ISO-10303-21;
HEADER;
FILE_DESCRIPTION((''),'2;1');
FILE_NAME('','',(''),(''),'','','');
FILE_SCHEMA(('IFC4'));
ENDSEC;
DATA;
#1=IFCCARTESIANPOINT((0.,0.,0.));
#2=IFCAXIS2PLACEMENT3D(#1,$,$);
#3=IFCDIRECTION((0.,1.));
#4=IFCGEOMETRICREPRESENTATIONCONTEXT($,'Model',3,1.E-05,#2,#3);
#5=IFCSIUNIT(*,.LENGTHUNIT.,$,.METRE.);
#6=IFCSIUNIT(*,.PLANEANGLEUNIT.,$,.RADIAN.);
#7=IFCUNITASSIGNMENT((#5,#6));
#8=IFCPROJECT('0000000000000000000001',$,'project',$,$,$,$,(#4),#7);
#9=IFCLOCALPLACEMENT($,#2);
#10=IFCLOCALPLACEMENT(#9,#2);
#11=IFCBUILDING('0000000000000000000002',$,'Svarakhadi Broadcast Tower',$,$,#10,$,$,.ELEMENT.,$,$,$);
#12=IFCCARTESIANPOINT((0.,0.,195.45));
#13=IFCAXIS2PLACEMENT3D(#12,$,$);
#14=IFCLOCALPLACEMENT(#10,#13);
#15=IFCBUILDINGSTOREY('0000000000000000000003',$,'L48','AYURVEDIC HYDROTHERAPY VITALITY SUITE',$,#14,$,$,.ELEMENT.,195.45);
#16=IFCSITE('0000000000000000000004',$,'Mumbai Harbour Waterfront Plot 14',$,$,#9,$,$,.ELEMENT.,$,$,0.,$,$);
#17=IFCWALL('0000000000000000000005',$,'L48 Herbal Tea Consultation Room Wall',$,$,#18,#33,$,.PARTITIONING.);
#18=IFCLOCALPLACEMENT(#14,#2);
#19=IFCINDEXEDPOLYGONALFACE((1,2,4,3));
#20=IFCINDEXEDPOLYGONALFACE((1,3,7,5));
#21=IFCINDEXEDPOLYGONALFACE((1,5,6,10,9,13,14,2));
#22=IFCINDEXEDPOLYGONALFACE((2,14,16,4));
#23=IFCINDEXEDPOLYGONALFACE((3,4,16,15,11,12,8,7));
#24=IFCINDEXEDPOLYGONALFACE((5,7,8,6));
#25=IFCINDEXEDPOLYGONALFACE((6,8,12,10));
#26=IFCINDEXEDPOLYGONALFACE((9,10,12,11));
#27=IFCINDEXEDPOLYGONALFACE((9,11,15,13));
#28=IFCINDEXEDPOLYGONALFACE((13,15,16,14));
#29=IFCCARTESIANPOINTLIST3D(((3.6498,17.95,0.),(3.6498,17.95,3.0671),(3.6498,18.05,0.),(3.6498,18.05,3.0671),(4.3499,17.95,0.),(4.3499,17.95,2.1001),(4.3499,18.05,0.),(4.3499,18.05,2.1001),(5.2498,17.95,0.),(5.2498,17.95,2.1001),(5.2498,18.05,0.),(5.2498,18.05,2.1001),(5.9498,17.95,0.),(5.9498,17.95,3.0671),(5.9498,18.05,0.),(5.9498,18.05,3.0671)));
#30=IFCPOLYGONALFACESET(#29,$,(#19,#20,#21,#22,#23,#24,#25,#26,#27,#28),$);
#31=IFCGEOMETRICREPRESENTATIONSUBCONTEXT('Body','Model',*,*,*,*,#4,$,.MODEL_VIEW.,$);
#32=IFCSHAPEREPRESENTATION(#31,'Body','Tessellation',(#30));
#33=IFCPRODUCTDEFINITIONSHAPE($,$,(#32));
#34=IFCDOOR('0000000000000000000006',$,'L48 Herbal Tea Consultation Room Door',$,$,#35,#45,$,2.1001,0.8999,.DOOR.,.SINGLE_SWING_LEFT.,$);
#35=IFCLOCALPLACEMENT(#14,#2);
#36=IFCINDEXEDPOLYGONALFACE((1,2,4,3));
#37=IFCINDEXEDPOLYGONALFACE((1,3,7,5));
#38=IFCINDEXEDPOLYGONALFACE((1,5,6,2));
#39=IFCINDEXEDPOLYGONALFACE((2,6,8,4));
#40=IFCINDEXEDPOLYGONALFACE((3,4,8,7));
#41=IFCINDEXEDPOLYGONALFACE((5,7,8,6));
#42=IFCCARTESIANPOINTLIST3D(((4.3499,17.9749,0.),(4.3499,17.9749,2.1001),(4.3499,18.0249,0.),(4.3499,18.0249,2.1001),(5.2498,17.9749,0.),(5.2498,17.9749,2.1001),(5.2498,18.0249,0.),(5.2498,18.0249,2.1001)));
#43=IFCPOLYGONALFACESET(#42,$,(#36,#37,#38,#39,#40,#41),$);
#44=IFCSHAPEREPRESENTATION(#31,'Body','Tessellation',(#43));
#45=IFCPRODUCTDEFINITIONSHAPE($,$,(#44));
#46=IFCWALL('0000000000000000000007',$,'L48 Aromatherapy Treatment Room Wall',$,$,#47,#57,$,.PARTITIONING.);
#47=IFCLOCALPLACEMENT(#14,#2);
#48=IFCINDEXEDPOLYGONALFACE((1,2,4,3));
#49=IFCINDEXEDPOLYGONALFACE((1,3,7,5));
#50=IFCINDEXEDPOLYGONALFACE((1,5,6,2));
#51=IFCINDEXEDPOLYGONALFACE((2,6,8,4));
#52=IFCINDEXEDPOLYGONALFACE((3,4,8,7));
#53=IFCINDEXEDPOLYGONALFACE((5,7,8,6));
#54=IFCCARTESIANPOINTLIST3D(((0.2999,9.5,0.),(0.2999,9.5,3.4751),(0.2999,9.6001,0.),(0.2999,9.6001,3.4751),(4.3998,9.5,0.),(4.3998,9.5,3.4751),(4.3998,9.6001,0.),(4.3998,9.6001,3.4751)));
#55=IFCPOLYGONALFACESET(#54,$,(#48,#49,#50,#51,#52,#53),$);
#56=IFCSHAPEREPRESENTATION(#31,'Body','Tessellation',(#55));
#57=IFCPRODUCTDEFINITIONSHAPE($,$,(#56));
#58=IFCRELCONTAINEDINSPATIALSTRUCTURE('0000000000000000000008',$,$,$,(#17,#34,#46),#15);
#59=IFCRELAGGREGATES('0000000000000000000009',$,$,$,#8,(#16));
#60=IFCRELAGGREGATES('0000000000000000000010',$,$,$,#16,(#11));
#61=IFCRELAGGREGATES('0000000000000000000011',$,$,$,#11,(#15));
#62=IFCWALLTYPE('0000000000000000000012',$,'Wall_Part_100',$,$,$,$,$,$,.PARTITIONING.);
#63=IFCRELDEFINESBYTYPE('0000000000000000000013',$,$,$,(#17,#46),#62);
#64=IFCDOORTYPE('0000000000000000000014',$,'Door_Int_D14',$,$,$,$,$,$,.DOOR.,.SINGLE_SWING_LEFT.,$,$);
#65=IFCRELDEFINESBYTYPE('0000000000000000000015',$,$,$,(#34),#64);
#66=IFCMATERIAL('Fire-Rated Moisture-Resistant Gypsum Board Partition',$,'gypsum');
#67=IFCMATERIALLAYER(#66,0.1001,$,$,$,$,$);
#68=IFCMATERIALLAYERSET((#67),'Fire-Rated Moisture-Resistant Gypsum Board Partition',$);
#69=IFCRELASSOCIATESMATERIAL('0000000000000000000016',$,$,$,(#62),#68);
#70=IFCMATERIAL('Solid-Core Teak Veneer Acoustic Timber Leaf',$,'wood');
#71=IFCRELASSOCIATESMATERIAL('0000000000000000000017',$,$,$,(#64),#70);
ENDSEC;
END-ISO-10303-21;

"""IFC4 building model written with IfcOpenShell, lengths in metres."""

from ifc_helpers import new_model, si_unit, direction, frame, frame_2d, origin, place, context, subcontext, project, spatial, rectangle, extrude, material, layer, layer_set, type_object, element, fill, save


model = new_model("IFC4")

# Units and contexts
model_context = context("Model", 3, precision=1e-05, world=origin(), true_north=direction((0.0, 1.0)))
body_context = subcontext(model_context, "Body", "Model", "MODEL_VIEW")
ifc_project = project(units=[si_unit("LENGTHUNIT", "METRE"), si_unit("PLANEANGLEUNIT", "RADIAN")], contexts=[model_context])

# Site, building, storey
site_placement = place(None, origin())
site = spatial("IfcSite", under=ifc_project, at=site_placement, Name="Mumbai Harbour Waterfront Plot 14", CompositionType="ELEMENT", RefElevation=0.0)
building_placement = place(site_placement, origin())
building = spatial("IfcBuilding", under=site, at=building_placement, Name="Svarakhadi Broadcast Tower", CompositionType="ELEMENT")
storey_placement = place(building_placement, frame((0.0, 0.0, 195.45)))
storey = spatial("IfcBuildingStorey", under=building, at=storey_placement, Name="L48", Description="AYURVEDIC HYDROTHERAPY VITALITY SUITE", CompositionType="ELEMENT", Elevation=195.45)

# Shared definitions
ifc_material_1 = material(Name="Fire-Rated Moisture-Resistant Gypsum Board Partition", Category="gypsum")
ifc_layer_1 = layer(ifc_material_1, 0.1001)
ifc_layer_set_1 = layer_set([ifc_layer_1], Name="Fire-Rated Moisture-Resistant Gypsum Board Partition")
wall_type = type_object("IfcWallType", Name="Wall_Part_100", PredefinedType="PARTITIONING", material=ifc_layer_set_1)
ifc_material_2 = material(Name="Solid-Core Teak Veneer Acoustic Timber Leaf", Category="wood")

# Wall, opening, door
wall_1_placement = place(storey_placement, frame((3.6499, 18.0, 0.0), z_axis=(0.0, 0.0, 1.0), x_axis=(1.0, 0.0, 0.0)))
wall_1 = element("IfcWall", 1, at=wall_1_placement, inside=storey, type_object=wall_type, Name="L48 Herbal Tea Consultation Room Wall", PredefinedType="PARTITIONING", context=body_context, shape_type="SweptSolid", body=[
    extrude(rectangle(XDim=2.3, YDim=0.1001, at=frame_2d((1.1499, 0.0))), origin(), (0.0, 0.0, 1.0), 3.0671),
])
opening_1_placement = place(wall_1_placement, frame((0.7, 0.0, 0.0)))
opening_1 = element("IfcOpeningElement", 2, at=opening_1_placement, cuts=wall_1, PredefinedType="OPENING", context=body_context, shape_type="SweptSolid", body=[
    extrude(rectangle(XDim=0.8999, YDim=2.1001, at=frame_2d((0.45, 1.05))), frame((0.0, 0.0601, 0.0), z_axis=(0.0, -1.0, 0.0), x_axis=(1.0, 0.0, 0.0)), (0.0, 0.0, 1.0), 0.1201),
])
door_type_1 = type_object("IfcDoorType", Name="Door_Int_D14", OperationType="SINGLE_SWING_LEFT", PredefinedType="DOOR", material=ifc_material_2)
door_1_placement = place(opening_1_placement, origin())
door_1 = element("IfcDoor", 3, at=door_1_placement, inside=storey, type_object=door_type_1, Name="L48 Herbal Tea Consultation Room Door", OperationType="SINGLE_SWING_LEFT", OverallHeight=2.1001, OverallWidth=0.8999, PredefinedType="DOOR", context=body_context, shape_type="SweptSolid", body=[
    extrude(rectangle(XDim=0.8999, YDim=2.1001, at=frame_2d((0.45, 1.05))), frame((0.0, 0.0249, 0.0), z_axis=(0.0, -1.0, 0.0), x_axis=(1.0, 0.0, 0.0)), (0.0, 0.0, 1.0), 0.05),
])
fill(opening_1, door_1)

# Wall
wall_2_placement = place(storey_placement, frame((0.3, 9.55, 0.0), z_axis=(0.0, 0.0, 1.0), x_axis=(1.0, 0.0, 0.0)))
element("IfcWall", 4, at=wall_2_placement, inside=storey, type_object=wall_type, Name="L48 Aromatherapy Treatment Room Wall", PredefinedType="PARTITIONING", context=body_context, shape_type="SweptSolid", body=[
    extrude(rectangle(XDim=4.0999, YDim=0.1001, at=frame_2d((2.0498, 0.0))), origin(), (0.0, 0.0, 1.0), 3.4751),
])

save(model, "model.ifc")
